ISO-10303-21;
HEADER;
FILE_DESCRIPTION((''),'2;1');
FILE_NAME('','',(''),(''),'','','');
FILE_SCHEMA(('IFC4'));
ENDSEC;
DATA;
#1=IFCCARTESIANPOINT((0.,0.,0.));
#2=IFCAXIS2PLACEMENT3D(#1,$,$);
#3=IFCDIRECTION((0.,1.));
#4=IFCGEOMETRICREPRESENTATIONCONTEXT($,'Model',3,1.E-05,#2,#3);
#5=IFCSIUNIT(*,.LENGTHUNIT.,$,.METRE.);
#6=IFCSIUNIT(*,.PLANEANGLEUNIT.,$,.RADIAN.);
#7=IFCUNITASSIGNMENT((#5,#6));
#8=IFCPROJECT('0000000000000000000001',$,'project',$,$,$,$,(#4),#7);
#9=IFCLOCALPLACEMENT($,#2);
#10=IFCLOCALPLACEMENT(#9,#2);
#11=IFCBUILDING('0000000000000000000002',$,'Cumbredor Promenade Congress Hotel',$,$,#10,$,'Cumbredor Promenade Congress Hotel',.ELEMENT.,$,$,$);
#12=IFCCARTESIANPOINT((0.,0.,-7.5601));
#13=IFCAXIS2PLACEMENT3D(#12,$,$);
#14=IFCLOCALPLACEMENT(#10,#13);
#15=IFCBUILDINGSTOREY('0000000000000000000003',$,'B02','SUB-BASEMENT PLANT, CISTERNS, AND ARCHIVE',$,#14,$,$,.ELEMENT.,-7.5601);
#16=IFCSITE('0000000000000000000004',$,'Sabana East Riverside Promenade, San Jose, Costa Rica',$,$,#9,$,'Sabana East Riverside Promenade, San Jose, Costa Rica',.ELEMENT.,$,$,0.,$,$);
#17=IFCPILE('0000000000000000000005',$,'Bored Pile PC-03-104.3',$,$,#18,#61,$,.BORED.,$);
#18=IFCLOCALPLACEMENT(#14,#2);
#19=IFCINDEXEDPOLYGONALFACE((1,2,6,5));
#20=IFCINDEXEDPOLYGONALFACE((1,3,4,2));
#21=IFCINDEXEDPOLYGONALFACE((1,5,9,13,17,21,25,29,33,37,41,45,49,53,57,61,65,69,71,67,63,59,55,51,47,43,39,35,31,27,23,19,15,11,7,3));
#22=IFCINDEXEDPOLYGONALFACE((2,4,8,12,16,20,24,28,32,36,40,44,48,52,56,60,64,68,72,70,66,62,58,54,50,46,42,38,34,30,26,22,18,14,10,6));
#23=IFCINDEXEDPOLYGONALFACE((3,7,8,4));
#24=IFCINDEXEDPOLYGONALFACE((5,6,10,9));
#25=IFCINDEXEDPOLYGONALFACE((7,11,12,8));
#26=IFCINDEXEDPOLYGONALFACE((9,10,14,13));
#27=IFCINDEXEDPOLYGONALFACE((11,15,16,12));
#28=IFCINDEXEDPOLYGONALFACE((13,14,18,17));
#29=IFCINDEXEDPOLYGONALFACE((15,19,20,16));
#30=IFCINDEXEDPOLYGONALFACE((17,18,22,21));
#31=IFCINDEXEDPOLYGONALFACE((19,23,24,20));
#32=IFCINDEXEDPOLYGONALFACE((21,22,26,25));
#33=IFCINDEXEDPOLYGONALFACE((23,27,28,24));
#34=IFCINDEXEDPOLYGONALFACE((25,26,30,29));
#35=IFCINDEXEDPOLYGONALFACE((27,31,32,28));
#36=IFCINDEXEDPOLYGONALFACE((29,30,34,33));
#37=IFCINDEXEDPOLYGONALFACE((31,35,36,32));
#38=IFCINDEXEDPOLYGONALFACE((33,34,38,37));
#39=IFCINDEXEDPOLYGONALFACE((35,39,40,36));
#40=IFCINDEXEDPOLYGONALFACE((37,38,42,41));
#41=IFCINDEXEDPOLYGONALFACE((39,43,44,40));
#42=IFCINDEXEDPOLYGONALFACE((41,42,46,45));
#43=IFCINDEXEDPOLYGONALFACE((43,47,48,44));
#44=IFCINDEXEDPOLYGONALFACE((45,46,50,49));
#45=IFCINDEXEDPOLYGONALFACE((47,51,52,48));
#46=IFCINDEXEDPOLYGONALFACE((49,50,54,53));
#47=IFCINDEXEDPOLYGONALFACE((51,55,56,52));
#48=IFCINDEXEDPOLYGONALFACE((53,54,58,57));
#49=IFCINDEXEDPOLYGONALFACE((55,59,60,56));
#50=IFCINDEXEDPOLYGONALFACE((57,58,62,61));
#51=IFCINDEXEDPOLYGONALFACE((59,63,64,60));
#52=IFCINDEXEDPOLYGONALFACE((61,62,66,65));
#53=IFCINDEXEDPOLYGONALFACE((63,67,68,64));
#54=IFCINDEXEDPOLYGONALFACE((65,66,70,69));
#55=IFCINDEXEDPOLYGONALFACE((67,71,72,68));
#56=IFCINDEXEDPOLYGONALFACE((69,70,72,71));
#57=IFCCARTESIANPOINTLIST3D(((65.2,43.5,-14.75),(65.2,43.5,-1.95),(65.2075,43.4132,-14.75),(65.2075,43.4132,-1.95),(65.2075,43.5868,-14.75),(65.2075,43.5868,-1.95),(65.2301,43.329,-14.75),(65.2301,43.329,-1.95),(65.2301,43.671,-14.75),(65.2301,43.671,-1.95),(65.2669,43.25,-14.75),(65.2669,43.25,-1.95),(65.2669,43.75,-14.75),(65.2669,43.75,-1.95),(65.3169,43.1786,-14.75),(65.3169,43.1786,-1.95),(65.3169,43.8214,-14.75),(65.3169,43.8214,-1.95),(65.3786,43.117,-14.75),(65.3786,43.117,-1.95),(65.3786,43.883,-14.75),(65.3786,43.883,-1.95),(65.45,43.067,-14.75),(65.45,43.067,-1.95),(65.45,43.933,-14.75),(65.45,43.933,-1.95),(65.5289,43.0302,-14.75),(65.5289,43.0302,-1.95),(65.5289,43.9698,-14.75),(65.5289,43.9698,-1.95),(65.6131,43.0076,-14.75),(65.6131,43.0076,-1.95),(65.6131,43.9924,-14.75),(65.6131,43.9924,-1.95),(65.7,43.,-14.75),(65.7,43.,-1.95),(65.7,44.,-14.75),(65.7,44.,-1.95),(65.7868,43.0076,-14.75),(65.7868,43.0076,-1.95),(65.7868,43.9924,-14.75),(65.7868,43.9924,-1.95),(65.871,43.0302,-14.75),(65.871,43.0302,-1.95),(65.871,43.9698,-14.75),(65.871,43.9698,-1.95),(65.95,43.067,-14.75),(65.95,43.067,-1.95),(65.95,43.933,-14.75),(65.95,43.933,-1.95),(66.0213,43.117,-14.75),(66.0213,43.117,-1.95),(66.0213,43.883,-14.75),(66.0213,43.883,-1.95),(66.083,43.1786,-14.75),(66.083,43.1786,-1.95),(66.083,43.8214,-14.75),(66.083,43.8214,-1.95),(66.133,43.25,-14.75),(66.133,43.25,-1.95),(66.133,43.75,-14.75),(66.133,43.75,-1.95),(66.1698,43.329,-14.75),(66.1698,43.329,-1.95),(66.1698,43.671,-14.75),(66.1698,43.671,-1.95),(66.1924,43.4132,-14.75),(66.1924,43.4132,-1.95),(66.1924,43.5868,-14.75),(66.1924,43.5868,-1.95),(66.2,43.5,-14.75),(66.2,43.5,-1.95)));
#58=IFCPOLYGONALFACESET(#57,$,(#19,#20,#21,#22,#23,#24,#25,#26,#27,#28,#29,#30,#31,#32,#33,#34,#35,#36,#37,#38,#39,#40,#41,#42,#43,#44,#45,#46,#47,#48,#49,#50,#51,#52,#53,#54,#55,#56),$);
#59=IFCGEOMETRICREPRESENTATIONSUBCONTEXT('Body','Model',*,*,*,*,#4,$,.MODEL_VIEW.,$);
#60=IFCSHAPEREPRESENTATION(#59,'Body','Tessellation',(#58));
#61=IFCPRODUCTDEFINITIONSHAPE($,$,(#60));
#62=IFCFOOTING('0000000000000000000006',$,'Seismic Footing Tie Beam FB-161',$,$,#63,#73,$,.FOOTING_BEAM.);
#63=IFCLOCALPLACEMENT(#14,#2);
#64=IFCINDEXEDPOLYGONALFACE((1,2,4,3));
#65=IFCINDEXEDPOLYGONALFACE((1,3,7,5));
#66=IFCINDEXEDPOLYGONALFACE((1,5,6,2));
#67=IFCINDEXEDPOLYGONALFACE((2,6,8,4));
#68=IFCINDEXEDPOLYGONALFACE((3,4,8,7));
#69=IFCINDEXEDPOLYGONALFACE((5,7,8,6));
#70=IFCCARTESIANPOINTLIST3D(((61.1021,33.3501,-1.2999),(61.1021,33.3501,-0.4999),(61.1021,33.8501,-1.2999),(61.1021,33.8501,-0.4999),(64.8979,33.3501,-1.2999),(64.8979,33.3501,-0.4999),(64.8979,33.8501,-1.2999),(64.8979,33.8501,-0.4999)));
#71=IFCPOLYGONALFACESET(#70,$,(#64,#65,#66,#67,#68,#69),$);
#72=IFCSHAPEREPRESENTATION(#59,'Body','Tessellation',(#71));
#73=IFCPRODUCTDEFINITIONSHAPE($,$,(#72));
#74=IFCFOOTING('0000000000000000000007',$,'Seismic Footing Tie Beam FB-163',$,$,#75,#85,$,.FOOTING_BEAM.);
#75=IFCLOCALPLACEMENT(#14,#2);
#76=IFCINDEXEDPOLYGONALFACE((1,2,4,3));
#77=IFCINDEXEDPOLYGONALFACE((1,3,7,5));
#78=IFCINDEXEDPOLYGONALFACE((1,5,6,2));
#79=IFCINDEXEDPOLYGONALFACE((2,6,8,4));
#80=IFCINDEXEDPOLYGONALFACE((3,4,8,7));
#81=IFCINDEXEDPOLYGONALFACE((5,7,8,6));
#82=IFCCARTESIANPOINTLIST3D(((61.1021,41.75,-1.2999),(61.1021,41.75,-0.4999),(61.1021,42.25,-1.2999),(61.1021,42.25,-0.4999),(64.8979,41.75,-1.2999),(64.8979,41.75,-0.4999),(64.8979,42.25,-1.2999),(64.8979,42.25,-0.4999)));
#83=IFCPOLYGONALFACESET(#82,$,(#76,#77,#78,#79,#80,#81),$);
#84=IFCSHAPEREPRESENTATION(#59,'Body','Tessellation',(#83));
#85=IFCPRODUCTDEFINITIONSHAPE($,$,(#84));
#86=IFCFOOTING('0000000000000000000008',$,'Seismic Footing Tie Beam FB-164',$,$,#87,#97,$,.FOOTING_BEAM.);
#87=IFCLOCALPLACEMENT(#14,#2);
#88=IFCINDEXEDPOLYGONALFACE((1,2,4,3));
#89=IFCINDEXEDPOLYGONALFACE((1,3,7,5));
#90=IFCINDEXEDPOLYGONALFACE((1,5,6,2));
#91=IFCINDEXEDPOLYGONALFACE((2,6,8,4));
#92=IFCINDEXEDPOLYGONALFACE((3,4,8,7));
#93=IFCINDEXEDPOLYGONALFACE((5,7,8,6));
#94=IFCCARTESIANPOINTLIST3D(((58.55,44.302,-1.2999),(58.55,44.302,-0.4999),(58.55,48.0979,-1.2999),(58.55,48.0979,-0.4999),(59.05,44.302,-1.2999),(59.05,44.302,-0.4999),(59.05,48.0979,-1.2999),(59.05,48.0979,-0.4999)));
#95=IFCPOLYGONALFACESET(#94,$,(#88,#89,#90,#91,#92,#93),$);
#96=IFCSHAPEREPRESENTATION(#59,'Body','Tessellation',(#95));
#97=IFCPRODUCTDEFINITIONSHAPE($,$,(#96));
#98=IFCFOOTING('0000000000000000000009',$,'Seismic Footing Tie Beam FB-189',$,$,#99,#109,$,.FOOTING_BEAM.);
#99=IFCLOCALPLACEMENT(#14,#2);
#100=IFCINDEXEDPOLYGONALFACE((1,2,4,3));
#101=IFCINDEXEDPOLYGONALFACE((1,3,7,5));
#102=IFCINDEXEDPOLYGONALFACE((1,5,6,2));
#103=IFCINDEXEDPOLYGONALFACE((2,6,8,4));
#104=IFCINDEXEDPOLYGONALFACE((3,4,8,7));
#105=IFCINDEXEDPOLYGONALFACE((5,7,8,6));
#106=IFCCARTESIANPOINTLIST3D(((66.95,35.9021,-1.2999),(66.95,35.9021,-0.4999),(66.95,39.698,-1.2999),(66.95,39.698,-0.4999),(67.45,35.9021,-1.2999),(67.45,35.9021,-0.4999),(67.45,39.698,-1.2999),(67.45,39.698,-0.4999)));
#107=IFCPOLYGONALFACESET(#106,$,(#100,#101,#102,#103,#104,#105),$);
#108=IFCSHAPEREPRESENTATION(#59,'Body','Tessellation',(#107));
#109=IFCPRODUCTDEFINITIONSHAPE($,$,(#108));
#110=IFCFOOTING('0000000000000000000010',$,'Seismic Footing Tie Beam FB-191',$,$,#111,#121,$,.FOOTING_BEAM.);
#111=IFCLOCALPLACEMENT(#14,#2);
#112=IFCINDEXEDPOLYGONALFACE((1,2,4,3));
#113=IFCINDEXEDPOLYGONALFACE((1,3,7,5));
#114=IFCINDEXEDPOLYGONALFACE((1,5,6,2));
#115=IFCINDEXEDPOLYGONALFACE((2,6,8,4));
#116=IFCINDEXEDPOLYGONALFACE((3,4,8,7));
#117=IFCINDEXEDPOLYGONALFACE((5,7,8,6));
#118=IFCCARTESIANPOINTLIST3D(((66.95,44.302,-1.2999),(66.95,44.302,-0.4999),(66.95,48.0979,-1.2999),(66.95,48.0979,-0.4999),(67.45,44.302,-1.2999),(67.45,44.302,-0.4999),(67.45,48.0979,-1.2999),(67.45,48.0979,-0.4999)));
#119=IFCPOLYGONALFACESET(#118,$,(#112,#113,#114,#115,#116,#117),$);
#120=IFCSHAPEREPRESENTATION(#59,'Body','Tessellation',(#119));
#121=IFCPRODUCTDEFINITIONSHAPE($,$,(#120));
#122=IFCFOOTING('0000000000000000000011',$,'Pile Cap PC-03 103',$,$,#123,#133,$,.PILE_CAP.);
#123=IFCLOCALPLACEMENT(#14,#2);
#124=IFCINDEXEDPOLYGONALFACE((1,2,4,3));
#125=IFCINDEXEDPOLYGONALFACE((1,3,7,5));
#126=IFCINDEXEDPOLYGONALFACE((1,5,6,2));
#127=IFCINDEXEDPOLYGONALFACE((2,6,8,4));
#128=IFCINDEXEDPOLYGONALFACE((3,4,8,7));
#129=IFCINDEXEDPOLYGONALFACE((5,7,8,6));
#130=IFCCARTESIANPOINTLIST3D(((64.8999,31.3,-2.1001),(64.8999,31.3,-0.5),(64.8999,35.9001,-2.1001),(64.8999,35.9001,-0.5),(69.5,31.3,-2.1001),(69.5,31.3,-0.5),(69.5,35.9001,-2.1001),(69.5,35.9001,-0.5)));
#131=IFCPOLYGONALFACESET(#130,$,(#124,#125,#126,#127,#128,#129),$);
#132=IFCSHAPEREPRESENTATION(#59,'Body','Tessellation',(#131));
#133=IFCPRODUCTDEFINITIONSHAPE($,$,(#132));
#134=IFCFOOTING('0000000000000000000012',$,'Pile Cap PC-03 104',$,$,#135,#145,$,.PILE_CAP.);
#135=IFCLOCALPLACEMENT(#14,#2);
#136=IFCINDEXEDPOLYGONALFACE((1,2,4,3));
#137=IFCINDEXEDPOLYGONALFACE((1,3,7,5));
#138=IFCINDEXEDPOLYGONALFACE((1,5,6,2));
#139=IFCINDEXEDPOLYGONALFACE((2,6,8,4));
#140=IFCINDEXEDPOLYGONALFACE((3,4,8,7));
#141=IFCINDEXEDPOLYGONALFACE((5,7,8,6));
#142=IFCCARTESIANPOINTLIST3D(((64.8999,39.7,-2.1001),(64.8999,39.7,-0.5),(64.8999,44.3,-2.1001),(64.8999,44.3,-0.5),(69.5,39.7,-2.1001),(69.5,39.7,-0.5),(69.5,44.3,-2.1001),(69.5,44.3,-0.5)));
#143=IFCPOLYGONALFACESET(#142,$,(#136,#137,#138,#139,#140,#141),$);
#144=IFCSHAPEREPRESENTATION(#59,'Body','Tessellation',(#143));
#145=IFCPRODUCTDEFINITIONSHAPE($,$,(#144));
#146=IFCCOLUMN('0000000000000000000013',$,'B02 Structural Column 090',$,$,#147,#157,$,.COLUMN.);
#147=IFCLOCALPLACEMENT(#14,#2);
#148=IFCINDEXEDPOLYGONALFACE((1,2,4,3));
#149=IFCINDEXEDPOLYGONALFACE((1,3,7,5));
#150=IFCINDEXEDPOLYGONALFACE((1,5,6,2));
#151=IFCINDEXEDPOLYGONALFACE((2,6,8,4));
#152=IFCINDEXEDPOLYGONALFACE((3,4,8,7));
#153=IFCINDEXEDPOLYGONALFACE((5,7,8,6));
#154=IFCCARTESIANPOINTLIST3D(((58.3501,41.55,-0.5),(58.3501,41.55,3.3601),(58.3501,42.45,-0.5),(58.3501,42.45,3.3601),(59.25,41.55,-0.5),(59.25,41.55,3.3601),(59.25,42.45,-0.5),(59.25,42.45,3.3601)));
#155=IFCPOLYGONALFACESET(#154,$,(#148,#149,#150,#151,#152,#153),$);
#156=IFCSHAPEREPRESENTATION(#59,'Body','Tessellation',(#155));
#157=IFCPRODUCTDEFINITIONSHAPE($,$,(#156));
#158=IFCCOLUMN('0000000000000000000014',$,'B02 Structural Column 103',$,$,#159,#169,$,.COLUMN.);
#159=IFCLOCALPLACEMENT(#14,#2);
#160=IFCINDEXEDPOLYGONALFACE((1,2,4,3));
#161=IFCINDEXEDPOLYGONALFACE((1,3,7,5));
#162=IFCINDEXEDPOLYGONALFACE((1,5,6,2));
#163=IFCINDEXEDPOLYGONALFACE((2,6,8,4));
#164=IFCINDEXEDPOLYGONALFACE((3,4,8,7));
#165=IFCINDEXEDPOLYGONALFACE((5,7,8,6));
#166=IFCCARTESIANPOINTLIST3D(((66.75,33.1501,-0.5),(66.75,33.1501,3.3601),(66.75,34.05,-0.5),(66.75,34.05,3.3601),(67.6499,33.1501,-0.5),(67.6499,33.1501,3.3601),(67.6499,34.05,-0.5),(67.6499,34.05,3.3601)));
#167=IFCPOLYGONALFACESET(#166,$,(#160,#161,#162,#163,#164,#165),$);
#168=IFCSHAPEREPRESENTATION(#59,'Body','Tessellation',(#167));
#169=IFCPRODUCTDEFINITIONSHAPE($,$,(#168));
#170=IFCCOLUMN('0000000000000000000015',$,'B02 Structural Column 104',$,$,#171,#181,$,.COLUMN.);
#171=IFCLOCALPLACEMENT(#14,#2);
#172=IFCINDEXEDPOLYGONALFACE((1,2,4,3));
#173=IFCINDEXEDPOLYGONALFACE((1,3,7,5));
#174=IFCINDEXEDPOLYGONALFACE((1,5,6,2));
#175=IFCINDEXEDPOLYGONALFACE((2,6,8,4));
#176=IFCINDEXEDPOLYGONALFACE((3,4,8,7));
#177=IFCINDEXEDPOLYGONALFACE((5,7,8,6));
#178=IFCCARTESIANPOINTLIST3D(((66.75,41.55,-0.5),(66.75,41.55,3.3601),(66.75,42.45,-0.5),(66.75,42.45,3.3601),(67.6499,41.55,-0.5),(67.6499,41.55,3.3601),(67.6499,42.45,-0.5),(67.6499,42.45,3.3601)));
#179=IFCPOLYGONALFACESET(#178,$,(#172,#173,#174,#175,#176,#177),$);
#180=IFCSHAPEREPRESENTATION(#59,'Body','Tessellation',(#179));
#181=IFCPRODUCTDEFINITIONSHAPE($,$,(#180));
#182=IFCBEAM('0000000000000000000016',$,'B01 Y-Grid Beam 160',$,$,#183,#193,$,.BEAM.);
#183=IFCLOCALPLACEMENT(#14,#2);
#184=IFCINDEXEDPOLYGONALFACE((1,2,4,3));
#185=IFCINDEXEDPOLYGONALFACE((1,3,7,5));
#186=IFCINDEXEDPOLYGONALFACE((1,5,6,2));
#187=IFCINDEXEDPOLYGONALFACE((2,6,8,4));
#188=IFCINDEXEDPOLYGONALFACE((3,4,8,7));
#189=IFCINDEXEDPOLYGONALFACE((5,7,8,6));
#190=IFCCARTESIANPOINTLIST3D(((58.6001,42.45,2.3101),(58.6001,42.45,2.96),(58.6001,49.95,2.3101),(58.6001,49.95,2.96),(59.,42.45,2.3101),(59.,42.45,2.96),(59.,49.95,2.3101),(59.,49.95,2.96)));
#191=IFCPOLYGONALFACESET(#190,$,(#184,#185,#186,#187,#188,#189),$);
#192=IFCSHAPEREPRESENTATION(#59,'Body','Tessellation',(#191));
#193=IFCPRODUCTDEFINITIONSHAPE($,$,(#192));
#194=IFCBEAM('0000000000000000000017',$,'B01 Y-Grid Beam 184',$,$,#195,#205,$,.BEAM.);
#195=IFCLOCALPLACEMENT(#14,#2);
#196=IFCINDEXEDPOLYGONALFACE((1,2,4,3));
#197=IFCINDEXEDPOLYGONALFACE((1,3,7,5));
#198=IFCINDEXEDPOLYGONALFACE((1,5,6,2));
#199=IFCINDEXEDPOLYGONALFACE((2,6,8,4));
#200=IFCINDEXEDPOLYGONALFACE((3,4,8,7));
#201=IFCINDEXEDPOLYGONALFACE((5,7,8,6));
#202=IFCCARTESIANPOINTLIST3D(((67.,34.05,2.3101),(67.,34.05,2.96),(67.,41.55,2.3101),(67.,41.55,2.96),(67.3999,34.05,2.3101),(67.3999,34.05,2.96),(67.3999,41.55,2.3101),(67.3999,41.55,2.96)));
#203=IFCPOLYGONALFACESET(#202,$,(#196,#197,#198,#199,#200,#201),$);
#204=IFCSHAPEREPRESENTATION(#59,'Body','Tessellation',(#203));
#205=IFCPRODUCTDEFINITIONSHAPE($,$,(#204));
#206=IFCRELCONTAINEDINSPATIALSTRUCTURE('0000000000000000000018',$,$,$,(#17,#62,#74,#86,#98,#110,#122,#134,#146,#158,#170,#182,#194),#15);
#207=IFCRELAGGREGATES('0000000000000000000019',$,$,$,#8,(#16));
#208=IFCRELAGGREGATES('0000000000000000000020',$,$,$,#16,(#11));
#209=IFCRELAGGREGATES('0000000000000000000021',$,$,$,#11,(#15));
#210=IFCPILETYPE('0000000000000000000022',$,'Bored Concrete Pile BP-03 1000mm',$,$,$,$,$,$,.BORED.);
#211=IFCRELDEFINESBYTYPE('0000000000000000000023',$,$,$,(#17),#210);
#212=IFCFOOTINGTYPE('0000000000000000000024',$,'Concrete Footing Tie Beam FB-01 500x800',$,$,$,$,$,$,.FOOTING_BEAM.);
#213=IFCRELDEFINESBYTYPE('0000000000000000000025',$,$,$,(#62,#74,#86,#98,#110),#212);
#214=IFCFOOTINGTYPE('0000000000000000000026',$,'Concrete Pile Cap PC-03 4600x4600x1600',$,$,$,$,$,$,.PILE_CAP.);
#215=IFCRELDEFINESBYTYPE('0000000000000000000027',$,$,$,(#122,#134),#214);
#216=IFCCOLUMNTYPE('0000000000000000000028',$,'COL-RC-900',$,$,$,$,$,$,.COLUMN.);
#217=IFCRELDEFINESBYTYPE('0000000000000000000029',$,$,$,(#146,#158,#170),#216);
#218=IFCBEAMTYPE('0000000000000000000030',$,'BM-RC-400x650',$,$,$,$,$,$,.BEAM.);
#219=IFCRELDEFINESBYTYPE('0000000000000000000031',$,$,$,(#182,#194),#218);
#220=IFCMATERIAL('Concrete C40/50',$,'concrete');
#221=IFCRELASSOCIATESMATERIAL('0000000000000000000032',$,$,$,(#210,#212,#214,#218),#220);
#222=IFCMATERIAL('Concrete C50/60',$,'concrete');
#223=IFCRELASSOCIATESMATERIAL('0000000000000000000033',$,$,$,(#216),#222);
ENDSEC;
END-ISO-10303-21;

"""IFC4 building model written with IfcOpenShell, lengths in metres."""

from ifc_helpers import new_model, si_unit, direction, frame, origin, origin_2d, place, context, subcontext, project, spatial, rectangle, circle, extrude, material, material_profile, profile_set, type_object, element, save


model = new_model("IFC4")

# Units and contexts
model_context = context("Model", 3, precision=1e-05, world=origin(), true_north=direction((0.0, 1.0)))
body_context = subcontext(model_context, "Body", "Model", "MODEL_VIEW")
ifc_project = project(units=[si_unit("LENGTHUNIT", "METRE"), si_unit("PLANEANGLEUNIT", "RADIAN")], contexts=[model_context])

# Site, building, storey
site_placement = place(None, origin())
site = spatial("IfcSite", under=ifc_project, at=site_placement, Name="Sabana East Riverside Promenade, San Jose, Costa Rica", LongName="Sabana East Riverside Promenade, San Jose, Costa Rica", CompositionType="ELEMENT", RefElevation=0.0)
building_placement = place(site_placement, origin())
building = spatial("IfcBuilding", under=site, at=building_placement, Name="Cumbredor Promenade Congress Hotel", LongName="Cumbredor Promenade Congress Hotel", CompositionType="ELEMENT")
storey_placement = place(building_placement, frame((0.0, 0.0, -7.5601)))
storey = spatial("IfcBuildingStorey", under=building, at=storey_placement, Name="B02", Description="SUB-BASEMENT PLANT, CISTERNS, AND ARCHIVE", CompositionType="ELEMENT", Elevation=-7.5601)

# Pile
ifc_material_1 = material(Name="Concrete C40/50", Category="concrete")
ifc_material_profile_1 = material_profile(ifc_material_1, circle(Radius=0.5, at=origin_2d()), Name="PILE D1000")
ifc_profile_set_1 = profile_set([ifc_material_profile_1], Name="Concrete C40/50")
pile_type = type_object("IfcPileType", Name="Bored Concrete Pile BP-03 1000mm", PredefinedType="BORED", material=ifc_profile_set_1)
for number, where, z_axis, x_axis, name in (
    (1, (65.7, 43.5, -1.95), (0.0, 0.0, -1.0), (1.0, 0.0, 0.0), "Bored Pile PC-03-104.3"),
):
    element("IfcPile", number, at=place(storey_placement, frame(where, z_axis=z_axis, x_axis=x_axis)), inside=storey, type_object=pile_type, Name=name, PredefinedType="BORED", context=body_context, shape_type="SweptSolid", body=[
        extrude(circle(Radius=0.5, at=origin_2d()), origin(), (0.0, 0.0, 1.0), 12.8),
    ])

# Footings
ifc_material_profile_2 = material_profile(ifc_material_1, rectangle(XDim=0.5, YDim=0.8, at=origin_2d()), Name="FB 500x800")
ifc_profile_set_2 = profile_set([ifc_material_profile_2], Name="Concrete C40/50")
footing_type_1 = type_object("IfcFootingType", Name="Concrete Footing Tie Beam FB-01 500x800", PredefinedType="FOOTING_BEAM", material=ifc_profile_set_2)
for number, where, z_axis, x_axis, name in (
    (2, (61.1021, 33.6001, -0.8999), (1.0, 0.0, 0.0), (0.0, 1.0, 0.0), "Seismic Footing Tie Beam FB-161"),
    (3, (61.1021, 42.0, -0.8999), (1.0, 0.0, 0.0), (0.0, 1.0, 0.0), "Seismic Footing Tie Beam FB-163"),
    (4, (58.8, 44.302, -0.8999), (0.0, 1.0, 0.0), (-1.0, 0.0, 0.0), "Seismic Footing Tie Beam FB-164"),
    (5, (67.2, 35.9021, -0.8999), (0.0, 1.0, 0.0), (-1.0, 0.0, 0.0), "Seismic Footing Tie Beam FB-189"),
    (6, (67.2, 44.302, -0.8999), (0.0, 1.0, 0.0), (-1.0, 0.0, 0.0), "Seismic Footing Tie Beam FB-191"),
):
    element("IfcFooting", number, at=place(storey_placement, frame(where, z_axis=z_axis, x_axis=x_axis)), inside=storey, type_object=footing_type_1, Name=name, PredefinedType="FOOTING_BEAM", context=body_context, shape_type="SweptSolid", body=[
        extrude(rectangle(XDim=0.5, YDim=0.8, at=origin_2d()), origin(), (0.0, 0.0, 1.0), 3.7959),
    ])
footing_type_2 = type_object("IfcFootingType", Name="Concrete Pile Cap PC-03 4600x4600x1600", PredefinedType="PILE_CAP", material=ifc_material_1)
for number, where, z_axis, x_axis, name in (
    (7, (67.2, 33.6001, -2.1001), (0.0, 0.0, 1.0), (1.0, 0.0, 0.0), "Pile Cap PC-03 103"),
    (8, (67.2, 42.0, -2.1001), (0.0, 0.0, 1.0), (1.0, 0.0, 0.0), "Pile Cap PC-03 104"),
):
    element("IfcFooting", number, at=place(storey_placement, frame(where, z_axis=z_axis, x_axis=x_axis)), inside=storey, type_object=footing_type_2, Name=name, PredefinedType="PILE_CAP", context=body_context, shape_type="SweptSolid", body=[
        extrude(rectangle(XDim=4.6001, YDim=4.6001, at=origin_2d()), origin(), (0.0, 0.0, 1.0), 1.6001),
    ])

# Columns
ifc_material_2 = material(Name="Concrete C50/60", Category="concrete")
ifc_material_profile_3 = material_profile(ifc_material_2, rectangle(XDim=0.8999, YDim=0.8999, at=origin_2d()), Name="RC 900x900")
ifc_profile_set_3 = profile_set([ifc_material_profile_3], Name="Concrete C50/60")
column_type = type_object("IfcColumnType", Name="COL-RC-900", PredefinedType="COLUMN", material=ifc_profile_set_3)
for number, where, z_axis, x_axis, name in (
    (9, (58.8, 42.0, -0.5), (0.0, 0.0, 1.0), (1.0, 0.0, 0.0), "B02 Structural Column 090"),
    (10, (67.2, 33.6001, -0.5), (0.0, 0.0, 1.0), (1.0, 0.0, 0.0), "B02 Structural Column 103"),
    (11, (67.2, 42.0, -0.5), (0.0, 0.0, 1.0), (1.0, 0.0, 0.0), "B02 Structural Column 104"),
):
    element("IfcColumn", number, at=place(storey_placement, frame(where, z_axis=z_axis, x_axis=x_axis)), inside=storey, type_object=column_type, Name=name, PredefinedType="COLUMN", context=body_context, shape_type="SweptSolid", body=[
        extrude(rectangle(XDim=0.8999, YDim=0.8999, at=origin_2d()), origin(), (0.0, 0.0, 1.0), 3.8601),
    ])

# Beams
ifc_material_profile_4 = material_profile(ifc_material_1, rectangle(XDim=0.3999, YDim=0.6499, at=origin_2d()), Name="RC BEAM 400x650")
ifc_profile_set_4 = profile_set([ifc_material_profile_4], Name="Concrete C40/50")
beam_type_1 = type_object("IfcBeamType", Name="BM-RC-400x650", PredefinedType="BEAM", material=ifc_profile_set_4)
for number, where, z_axis, x_axis, name in (
    (12, (58.8, 42.45, 2.635), (0.0, 1.0, 0.0), (-1.0, 0.0, 0.0), "B01 Y-Grid Beam 160"),
    (13, (67.2, 34.05, 2.635), (0.0, 1.0, 0.0), (-1.0, 0.0, 0.0), "B01 Y-Grid Beam 184"),
):
    element("IfcBeam", number, at=place(storey_placement, frame(where, z_axis=z_axis, x_axis=x_axis)), inside=storey, type_object=beam_type_1, Name=name, PredefinedType="BEAM", context=body_context, shape_type="SweptSolid", body=[
        extrude(rectangle(XDim=0.3999, YDim=0.6499, at=origin_2d()), origin(), (0.0, 0.0, 1.0), 7.5),
    ])

save(model, "model.ifc")
